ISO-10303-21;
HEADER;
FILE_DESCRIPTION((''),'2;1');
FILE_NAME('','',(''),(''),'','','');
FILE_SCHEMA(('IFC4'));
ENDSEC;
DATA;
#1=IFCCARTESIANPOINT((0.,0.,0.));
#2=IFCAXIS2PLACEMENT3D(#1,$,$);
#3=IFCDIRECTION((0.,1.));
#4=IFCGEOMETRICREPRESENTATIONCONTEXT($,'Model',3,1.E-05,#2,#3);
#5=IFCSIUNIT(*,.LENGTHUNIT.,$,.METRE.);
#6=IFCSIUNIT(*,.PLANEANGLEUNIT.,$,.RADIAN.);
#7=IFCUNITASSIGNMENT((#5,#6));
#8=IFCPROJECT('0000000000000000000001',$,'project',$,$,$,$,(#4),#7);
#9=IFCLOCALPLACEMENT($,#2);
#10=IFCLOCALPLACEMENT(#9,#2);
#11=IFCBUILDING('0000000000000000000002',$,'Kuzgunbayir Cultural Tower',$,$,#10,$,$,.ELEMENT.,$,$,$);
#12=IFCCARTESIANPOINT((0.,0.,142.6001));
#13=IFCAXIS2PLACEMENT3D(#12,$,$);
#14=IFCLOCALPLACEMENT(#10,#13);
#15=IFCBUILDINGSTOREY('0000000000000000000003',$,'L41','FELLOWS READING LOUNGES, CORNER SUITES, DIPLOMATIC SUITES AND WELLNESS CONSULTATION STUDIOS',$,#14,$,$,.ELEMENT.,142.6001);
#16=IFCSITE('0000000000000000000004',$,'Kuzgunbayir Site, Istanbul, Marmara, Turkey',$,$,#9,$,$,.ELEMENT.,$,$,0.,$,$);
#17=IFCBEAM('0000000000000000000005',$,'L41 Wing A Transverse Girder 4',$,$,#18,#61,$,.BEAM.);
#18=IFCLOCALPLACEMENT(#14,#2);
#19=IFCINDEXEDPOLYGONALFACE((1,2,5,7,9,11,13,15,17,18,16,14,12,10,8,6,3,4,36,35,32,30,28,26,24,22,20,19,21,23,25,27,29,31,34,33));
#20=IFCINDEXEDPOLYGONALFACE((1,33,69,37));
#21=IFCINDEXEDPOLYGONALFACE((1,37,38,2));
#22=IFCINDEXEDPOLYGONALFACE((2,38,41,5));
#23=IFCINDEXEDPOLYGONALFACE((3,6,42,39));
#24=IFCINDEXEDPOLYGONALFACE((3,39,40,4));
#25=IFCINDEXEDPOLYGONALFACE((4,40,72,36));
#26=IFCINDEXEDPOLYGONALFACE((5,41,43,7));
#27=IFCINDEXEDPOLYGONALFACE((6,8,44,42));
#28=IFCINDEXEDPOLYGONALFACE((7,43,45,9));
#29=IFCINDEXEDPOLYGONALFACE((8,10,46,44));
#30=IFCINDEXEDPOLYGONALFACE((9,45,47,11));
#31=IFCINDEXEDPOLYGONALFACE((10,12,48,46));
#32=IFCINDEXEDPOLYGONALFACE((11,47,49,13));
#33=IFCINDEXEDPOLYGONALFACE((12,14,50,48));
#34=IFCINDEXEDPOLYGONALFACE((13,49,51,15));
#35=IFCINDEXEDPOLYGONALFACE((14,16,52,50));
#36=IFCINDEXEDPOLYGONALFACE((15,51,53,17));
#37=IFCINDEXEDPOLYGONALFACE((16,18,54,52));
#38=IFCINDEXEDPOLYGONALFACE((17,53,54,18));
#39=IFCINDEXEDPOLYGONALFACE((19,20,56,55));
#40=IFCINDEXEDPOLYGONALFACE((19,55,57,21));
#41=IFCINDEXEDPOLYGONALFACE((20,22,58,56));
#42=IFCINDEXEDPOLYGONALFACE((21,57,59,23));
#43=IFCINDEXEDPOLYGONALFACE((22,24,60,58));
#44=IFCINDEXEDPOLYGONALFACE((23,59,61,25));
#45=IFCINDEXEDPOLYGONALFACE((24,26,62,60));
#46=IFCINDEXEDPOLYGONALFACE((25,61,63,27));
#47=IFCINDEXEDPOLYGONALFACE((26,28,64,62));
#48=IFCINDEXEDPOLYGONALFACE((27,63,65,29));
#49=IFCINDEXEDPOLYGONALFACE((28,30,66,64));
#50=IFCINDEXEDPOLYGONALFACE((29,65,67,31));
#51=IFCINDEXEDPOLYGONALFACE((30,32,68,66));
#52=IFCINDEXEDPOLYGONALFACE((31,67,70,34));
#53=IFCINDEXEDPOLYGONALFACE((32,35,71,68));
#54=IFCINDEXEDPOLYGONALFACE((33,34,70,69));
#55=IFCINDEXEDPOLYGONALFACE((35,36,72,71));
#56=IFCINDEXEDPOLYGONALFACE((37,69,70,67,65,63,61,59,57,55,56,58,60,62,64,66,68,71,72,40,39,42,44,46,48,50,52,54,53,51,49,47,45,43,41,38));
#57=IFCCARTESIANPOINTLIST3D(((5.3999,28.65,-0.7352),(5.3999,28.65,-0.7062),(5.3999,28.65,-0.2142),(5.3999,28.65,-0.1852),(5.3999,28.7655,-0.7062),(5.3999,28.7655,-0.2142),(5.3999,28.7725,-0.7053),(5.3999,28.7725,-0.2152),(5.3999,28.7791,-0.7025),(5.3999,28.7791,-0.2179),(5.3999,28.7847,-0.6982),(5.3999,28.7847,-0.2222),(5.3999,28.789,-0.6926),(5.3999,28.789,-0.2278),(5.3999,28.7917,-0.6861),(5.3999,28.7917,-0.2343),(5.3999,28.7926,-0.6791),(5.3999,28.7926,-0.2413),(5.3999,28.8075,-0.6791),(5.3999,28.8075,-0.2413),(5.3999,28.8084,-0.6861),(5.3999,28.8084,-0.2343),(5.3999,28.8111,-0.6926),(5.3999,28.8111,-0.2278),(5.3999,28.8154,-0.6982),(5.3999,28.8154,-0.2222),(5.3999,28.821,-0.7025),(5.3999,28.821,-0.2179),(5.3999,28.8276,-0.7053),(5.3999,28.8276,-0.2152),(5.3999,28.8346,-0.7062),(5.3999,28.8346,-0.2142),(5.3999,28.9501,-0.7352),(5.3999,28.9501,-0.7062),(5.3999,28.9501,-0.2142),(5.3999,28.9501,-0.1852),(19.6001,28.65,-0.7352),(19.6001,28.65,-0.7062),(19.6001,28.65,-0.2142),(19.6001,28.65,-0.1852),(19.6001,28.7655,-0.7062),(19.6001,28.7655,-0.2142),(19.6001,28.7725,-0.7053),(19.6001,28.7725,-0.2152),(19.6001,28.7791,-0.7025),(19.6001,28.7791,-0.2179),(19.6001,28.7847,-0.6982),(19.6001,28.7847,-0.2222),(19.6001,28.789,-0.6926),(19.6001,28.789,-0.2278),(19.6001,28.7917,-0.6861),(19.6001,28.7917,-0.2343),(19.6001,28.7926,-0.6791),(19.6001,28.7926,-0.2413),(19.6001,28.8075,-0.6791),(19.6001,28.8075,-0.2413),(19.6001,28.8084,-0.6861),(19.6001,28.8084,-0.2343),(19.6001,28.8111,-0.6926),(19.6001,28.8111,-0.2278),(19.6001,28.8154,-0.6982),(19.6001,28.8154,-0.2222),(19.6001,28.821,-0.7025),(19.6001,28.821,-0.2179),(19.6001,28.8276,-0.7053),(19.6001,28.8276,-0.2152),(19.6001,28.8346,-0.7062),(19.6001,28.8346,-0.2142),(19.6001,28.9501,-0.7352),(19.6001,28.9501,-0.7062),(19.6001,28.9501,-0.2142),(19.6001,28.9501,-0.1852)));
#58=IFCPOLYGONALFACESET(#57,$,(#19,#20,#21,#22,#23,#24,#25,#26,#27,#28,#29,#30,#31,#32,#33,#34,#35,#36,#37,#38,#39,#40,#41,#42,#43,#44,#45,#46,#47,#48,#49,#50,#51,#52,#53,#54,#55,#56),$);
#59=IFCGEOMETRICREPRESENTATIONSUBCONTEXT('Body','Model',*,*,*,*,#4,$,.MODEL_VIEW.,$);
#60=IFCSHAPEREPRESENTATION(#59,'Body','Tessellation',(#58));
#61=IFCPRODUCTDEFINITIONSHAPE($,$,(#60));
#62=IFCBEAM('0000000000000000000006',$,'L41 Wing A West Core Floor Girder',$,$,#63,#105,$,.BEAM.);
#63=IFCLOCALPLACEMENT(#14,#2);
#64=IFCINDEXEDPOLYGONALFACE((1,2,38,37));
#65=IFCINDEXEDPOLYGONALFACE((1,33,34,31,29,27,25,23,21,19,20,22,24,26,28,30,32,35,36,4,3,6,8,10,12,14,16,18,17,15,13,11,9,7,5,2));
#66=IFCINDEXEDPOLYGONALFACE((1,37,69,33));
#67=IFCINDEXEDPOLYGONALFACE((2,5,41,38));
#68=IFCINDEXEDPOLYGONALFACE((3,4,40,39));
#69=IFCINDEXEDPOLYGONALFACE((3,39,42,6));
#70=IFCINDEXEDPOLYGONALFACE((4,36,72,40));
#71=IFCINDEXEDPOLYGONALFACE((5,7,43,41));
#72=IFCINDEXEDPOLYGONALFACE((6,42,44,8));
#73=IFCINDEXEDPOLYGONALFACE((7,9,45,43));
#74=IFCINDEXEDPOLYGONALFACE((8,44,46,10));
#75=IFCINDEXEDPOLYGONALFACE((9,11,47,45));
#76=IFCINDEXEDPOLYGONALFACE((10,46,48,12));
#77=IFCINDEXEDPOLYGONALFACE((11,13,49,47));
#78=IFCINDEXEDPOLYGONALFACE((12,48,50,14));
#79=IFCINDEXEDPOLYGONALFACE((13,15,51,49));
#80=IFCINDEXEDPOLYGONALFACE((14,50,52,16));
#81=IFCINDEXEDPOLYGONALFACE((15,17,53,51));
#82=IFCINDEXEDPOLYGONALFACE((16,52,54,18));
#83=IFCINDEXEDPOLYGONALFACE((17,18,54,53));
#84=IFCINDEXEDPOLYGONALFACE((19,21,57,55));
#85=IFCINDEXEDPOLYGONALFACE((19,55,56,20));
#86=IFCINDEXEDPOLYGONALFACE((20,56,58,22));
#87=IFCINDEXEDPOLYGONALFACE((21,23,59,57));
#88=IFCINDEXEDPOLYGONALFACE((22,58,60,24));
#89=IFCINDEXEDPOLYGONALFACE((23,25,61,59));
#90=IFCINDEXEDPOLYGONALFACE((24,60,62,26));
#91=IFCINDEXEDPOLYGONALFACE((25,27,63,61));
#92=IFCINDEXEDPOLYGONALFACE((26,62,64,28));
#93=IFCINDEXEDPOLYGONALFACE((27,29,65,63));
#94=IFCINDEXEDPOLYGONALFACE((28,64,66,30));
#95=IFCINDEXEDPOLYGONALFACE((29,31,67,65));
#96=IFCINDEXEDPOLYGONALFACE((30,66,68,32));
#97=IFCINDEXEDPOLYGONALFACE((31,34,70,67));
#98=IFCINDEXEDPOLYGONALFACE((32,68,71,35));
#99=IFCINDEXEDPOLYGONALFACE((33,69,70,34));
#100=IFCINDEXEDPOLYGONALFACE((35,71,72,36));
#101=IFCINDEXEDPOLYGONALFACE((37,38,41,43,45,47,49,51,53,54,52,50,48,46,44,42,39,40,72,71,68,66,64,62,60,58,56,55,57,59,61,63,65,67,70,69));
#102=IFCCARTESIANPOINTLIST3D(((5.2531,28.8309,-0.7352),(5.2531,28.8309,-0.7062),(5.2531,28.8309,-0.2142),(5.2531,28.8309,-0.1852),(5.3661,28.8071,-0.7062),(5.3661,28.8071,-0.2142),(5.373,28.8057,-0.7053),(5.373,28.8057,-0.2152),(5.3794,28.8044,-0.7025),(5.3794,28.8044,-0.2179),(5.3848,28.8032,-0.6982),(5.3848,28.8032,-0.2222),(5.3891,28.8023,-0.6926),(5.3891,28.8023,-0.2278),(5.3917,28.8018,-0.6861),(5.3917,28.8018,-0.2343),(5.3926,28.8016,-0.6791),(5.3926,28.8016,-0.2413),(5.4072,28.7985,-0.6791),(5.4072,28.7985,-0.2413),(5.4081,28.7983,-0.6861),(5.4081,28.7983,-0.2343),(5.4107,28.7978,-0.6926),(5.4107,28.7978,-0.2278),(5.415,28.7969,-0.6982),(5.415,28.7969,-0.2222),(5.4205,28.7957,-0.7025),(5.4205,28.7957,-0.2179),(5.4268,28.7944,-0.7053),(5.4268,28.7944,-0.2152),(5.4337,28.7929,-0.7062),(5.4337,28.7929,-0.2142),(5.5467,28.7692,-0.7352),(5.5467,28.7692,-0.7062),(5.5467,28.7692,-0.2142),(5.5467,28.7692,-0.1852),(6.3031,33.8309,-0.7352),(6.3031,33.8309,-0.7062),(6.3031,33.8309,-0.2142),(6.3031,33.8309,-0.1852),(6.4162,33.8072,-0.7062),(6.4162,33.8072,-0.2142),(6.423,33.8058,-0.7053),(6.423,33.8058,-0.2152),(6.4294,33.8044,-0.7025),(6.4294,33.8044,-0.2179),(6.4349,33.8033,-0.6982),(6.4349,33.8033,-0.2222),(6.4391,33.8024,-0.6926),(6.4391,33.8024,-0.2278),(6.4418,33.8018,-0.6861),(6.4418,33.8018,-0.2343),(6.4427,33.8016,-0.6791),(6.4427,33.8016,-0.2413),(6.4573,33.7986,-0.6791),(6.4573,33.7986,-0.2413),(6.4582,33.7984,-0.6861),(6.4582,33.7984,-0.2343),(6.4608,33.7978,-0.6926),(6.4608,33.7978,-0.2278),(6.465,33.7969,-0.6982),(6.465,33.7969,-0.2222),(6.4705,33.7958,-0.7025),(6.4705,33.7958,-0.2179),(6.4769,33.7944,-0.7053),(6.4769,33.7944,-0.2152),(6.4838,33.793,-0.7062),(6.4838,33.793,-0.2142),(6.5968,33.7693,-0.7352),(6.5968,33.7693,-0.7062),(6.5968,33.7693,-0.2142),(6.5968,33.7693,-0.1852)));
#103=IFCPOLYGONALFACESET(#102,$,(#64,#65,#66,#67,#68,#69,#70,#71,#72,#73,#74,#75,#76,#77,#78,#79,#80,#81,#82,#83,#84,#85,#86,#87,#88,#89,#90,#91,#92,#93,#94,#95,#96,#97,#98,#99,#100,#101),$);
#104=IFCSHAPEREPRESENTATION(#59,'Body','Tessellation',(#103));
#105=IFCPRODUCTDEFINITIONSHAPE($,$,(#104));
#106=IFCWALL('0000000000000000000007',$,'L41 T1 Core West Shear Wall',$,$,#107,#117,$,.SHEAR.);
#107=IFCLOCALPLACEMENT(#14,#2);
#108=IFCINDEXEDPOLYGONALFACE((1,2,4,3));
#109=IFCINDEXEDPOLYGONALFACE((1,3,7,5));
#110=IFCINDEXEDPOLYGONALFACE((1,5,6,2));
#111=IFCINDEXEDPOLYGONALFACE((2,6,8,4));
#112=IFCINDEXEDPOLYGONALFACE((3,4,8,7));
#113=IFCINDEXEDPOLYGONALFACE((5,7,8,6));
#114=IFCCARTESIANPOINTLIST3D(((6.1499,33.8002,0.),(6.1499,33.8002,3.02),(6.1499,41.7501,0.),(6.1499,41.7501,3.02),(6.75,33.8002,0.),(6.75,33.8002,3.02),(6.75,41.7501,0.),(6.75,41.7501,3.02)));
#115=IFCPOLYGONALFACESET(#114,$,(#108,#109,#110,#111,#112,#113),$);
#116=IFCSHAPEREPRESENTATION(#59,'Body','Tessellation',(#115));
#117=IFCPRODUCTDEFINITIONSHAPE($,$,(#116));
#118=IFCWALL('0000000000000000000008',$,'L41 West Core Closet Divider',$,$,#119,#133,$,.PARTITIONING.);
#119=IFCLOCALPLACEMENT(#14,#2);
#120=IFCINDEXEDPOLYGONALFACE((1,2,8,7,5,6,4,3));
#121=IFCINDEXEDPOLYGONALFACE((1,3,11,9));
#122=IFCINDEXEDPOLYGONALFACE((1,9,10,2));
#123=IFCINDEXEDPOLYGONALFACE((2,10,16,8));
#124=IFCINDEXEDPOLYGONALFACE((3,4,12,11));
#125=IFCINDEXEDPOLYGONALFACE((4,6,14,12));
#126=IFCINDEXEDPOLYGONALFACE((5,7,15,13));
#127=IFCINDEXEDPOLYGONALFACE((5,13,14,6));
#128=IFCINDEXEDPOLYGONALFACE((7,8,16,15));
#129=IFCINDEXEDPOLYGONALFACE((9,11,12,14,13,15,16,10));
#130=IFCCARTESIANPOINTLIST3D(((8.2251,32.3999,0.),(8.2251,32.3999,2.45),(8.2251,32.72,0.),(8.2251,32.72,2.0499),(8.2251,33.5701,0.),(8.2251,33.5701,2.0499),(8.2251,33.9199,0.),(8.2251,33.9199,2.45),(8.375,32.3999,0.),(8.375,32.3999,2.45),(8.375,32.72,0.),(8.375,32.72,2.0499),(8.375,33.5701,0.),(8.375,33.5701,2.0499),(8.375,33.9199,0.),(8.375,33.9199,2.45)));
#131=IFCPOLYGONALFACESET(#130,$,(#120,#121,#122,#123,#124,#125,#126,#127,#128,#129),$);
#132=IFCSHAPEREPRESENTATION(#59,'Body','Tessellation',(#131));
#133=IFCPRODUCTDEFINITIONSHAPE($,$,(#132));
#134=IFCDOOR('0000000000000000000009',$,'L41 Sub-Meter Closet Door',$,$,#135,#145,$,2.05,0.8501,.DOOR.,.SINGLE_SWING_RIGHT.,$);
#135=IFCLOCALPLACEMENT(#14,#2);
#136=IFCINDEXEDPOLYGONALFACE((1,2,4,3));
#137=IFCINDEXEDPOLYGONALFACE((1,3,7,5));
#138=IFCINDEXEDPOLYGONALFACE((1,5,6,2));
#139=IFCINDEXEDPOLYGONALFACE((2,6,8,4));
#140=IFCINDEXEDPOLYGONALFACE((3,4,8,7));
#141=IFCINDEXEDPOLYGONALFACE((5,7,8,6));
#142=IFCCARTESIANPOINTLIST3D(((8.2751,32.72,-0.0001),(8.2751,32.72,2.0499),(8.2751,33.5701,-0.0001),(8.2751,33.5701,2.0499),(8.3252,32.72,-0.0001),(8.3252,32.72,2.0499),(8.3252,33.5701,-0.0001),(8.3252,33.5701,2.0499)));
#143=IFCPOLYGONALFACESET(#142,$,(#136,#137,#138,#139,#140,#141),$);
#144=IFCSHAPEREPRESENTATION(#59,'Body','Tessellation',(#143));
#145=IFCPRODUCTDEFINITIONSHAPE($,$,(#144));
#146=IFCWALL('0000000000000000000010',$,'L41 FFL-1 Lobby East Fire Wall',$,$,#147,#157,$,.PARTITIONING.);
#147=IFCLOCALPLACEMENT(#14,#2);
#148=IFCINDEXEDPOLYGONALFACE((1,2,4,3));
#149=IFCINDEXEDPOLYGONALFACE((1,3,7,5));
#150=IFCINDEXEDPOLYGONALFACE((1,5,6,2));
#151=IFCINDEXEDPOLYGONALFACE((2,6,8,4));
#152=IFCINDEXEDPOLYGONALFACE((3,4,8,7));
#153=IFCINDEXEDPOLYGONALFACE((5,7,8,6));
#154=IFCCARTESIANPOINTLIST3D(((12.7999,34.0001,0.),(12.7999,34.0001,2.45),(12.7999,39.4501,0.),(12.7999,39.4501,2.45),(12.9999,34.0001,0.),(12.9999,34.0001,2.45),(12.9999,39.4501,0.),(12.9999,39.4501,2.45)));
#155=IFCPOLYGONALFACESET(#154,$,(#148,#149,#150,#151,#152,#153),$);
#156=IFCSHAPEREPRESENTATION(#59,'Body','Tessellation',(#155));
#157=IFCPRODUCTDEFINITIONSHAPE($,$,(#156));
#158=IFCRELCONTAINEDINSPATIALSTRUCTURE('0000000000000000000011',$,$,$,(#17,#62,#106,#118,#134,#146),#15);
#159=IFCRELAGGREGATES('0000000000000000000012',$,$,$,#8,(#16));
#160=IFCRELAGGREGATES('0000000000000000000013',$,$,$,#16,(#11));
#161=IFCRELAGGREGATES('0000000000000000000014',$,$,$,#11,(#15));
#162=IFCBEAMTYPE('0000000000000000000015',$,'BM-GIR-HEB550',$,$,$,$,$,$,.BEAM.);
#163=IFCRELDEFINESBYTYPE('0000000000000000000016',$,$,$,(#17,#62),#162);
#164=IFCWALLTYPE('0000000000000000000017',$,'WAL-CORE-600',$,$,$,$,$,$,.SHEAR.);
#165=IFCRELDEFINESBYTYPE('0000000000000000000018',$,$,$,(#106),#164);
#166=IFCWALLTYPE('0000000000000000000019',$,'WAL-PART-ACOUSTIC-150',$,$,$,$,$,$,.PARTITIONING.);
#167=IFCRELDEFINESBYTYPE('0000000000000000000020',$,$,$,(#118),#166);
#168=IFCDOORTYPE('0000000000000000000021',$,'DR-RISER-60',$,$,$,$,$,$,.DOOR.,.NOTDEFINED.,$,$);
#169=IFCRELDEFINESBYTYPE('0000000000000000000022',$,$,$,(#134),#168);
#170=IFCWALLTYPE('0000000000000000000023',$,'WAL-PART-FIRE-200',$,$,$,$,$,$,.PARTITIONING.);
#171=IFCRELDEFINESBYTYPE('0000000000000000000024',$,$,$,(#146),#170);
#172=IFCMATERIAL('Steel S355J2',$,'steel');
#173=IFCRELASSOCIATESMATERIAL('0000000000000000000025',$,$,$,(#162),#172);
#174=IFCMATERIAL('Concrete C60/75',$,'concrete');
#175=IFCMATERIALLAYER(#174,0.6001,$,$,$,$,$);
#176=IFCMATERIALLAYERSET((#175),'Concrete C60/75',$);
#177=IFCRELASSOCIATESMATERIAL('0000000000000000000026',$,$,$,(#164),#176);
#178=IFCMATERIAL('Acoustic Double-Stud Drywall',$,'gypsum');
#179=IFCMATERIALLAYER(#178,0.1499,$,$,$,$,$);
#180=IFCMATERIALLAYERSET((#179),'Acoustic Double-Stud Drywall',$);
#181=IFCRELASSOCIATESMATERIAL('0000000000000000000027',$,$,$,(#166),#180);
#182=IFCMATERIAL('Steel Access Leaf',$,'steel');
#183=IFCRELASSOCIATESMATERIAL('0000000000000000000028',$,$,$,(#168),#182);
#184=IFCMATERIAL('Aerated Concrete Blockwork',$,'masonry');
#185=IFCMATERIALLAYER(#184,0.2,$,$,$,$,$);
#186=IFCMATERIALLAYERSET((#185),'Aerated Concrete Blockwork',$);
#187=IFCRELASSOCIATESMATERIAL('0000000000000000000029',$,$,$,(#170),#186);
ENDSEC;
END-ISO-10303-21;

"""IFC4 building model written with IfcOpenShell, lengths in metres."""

from ifc_helpers import new_model, si_unit, direction, frame, frame_2d, origin, origin_2d, place, context, subcontext, project, spatial, rectangle, i_section, extrude, material, layer, layer_set, material_profile, profile_set, type_object, element, fill, save


model = new_model("IFC4")

# Units and contexts
model_context = context("Model", 3, precision=1e-05, world=origin(), true_north=direction((0.0, 1.0)))
body_context = subcontext(model_context, "Body", "Model", "MODEL_VIEW")
ifc_project = project(units=[si_unit("LENGTHUNIT", "METRE"), si_unit("PLANEANGLEUNIT", "RADIAN")], contexts=[model_context])

# Site, building, storey
site_placement = place(None, origin())
site = spatial("IfcSite", under=ifc_project, at=site_placement, Name="Kuzgunbayir Site, Istanbul, Marmara, Turkey", CompositionType="ELEMENT", RefElevation=0.0)
building_placement = place(site_placement, origin())
building = spatial("IfcBuilding", under=site, at=building_placement, Name="Kuzgunbayir Cultural Tower", CompositionType="ELEMENT")
storey_placement = place(building_placement, frame((0.0, 0.0, 142.6001)))
storey = spatial("IfcBuildingStorey", under=building, at=storey_placement, Name="L41", Description="FELLOWS READING LOUNGES, CORNER SUITES, DIPLOMATIC SUITES AND WELLNESS CONSULTATION STUDIOS", CompositionType="ELEMENT", Elevation=142.6001)

# Beams
ifc_material_1 = material(Name="Steel S355J2", Category="steel")
ifc_material_profile_1 = material_profile(ifc_material_1, i_section(OverallWidth=0.3, OverallDepth=0.55, WebThickness=0.0149, FlangeThickness=0.0291, FilletRadius=0.0271, at=origin_2d()), Name="HEB 550")
ifc_profile_set_1 = profile_set([ifc_material_profile_1], Name="Steel S355J2")
beam_type = type_object("IfcBeamType", Name="BM-GIR-HEB550", PredefinedType="BEAM", material=ifc_profile_set_1)
beam_1_placement = place(storey_placement, frame((5.3999, 28.8, -0.4602), z_axis=(1.0, 0.0, 0.0), x_axis=(0.0, 1.0, 0.0)))
element("IfcBeam", 1, at=beam_1_placement, inside=storey, type_object=beam_type, Name="L41 Wing A Transverse Girder 4", PredefinedType="BEAM", context=body_context, shape_type="SweptSolid", body=[
    extrude(i_section(OverallWidth=0.3, OverallDepth=0.55, WebThickness=0.0149, FlangeThickness=0.0291, FilletRadius=0.0271, at=origin_2d()), origin(), (0.0, 0.0, 1.0), 14.2002),
])
beam_2_placement = place(storey_placement, frame((5.3999, 28.8, -0.4602), z_axis=(0.205526, 0.978652, 0.0), x_axis=(-0.978652, 0.205526, 0.0)))
element("IfcBeam", 2, at=beam_2_placement, inside=storey, type_object=beam_type, Name="L41 Wing A West Core Floor Girder", PredefinedType="BEAM", context=body_context, shape_type="SweptSolid", body=[
    extrude(i_section(OverallWidth=0.3, OverallDepth=0.55, WebThickness=0.0149, FlangeThickness=0.0291, FilletRadius=0.0271, at=origin_2d()), origin(), (0.0, 0.0, 1.0), 5.1091),
])

# Wall
ifc_material_2 = material(Name="Concrete C60/75", Category="concrete")
ifc_layer_1 = layer(ifc_material_2, 0.6001)
ifc_layer_set_1 = layer_set([ifc_layer_1], Name="Concrete C60/75")
wall_type_1 = type_object("IfcWallType", Name="WAL-CORE-600", PredefinedType="SHEAR", material=ifc_layer_set_1)
wall_1_placement = place(storey_placement, frame((6.45, 33.8, 0.0), z_axis=(0.0, 0.0, 1.0), x_axis=(0.0, 1.0, 0.0)))
element("IfcWall", 3, at=wall_1_placement, inside=storey, type_object=wall_type_1, Name="L41 T1 Core West Shear Wall", PredefinedType="SHEAR", context=body_context, shape_type="SweptSolid", body=[
    extrude(rectangle(XDim=7.95, YDim=0.6001, at=frame_2d((3.9751, 0.0))), origin(), (0.0, 0.0, 1.0), 3.02),
])

# Wall, opening, door
ifc_material_3 = material(Name="Acoustic Double-Stud Drywall", Category="gypsum")
ifc_layer_2 = layer(ifc_material_3, 0.1499)
ifc_layer_set_2 = layer_set([ifc_layer_2], Name="Acoustic Double-Stud Drywall")
wall_type_2 = type_object("IfcWallType", Name="WAL-PART-ACOUSTIC-150", PredefinedType="PARTITIONING", material=ifc_layer_set_2)
wall_2_placement = place(storey_placement, frame((8.3, 32.3999, 0.0), z_axis=(0.0, 0.0, 1.0), x_axis=(0.0, 1.0, 0.0)))
wall_2 = element("IfcWall", 4, at=wall_2_placement, inside=storey, type_object=wall_type_2, Name="L41 West Core Closet Divider", PredefinedType="PARTITIONING", context=body_context, shape_type="SweptSolid", body=[
    extrude(rectangle(XDim=1.52, YDim=0.1499, at=frame_2d((0.76, 0.0))), origin(), (0.0, 0.0, 1.0), 2.45),
])
opening_1_placement = place(wall_2_placement, frame((0.3201, 0.0, 0.0)))
opening_1 = element("IfcOpeningElement", 5, at=opening_1_placement, cuts=wall_2, PredefinedType="OPENING", context=body_context, shape_type="SweptSolid", body=[
    extrude(rectangle(XDim=0.8501, YDim=2.05, at=frame_2d((0.425, 1.0249))), frame((0.0, 0.085, 0.0), z_axis=(0.0, -1.0, 0.0), x_axis=(1.0, 0.0, 0.0)), (0.0, 0.0, 1.0), 0.1699),
])
ifc_material_4 = material(Name="Steel Access Leaf", Category="steel")
door_type_1 = type_object("IfcDoorType", Name="DR-RISER-60", OperationType="NOTDEFINED", PredefinedType="DOOR", material=ifc_material_4)
door_1_placement = place(opening_1_placement, origin())
door_1 = element("IfcDoor", 6, at=door_1_placement, inside=storey, type_object=door_type_1, Name="L41 Sub-Meter Closet Door", OperationType="SINGLE_SWING_RIGHT", OverallHeight=2.05, OverallWidth=0.8501, PredefinedType="DOOR", context=body_context, shape_type="SweptSolid", body=[
    extrude(rectangle(XDim=0.8501, YDim=2.05, at=frame_2d((0.425, 1.0249))), frame((0.0, 0.0249, 0.0), z_axis=(0.0, -1.0, 0.0), x_axis=(1.0, 0.0, 0.0)), (0.0, 0.0, 1.0), 0.05),
])
fill(opening_1, door_1)

# Wall
ifc_material_5 = material(Name="Aerated Concrete Blockwork", Category="masonry")
ifc_layer_3 = layer(ifc_material_5, 0.2)
ifc_layer_set_3 = layer_set([ifc_layer_3], Name="Aerated Concrete Blockwork")
wall_type_3 = type_object("IfcWallType", Name="WAL-PART-FIRE-200", PredefinedType="PARTITIONING", material=ifc_layer_set_3)
wall_3_placement = place(storey_placement, frame((12.8999, 34.0, 0.0), z_axis=(0.0, 0.0, 1.0), x_axis=(0.0, 1.0, 0.0)))
element("IfcWall", 7, at=wall_3_placement, inside=storey, type_object=wall_type_3, Name="L41 FFL-1 Lobby East Fire Wall", PredefinedType="PARTITIONING", context=body_context, shape_type="SweptSolid", body=[
    extrude(rectangle(XDim=5.45, YDim=0.2, at=frame_2d((2.7251, 0.0))), origin(), (0.0, 0.0, 1.0), 2.45),
])

save(model, "model.ifc")
